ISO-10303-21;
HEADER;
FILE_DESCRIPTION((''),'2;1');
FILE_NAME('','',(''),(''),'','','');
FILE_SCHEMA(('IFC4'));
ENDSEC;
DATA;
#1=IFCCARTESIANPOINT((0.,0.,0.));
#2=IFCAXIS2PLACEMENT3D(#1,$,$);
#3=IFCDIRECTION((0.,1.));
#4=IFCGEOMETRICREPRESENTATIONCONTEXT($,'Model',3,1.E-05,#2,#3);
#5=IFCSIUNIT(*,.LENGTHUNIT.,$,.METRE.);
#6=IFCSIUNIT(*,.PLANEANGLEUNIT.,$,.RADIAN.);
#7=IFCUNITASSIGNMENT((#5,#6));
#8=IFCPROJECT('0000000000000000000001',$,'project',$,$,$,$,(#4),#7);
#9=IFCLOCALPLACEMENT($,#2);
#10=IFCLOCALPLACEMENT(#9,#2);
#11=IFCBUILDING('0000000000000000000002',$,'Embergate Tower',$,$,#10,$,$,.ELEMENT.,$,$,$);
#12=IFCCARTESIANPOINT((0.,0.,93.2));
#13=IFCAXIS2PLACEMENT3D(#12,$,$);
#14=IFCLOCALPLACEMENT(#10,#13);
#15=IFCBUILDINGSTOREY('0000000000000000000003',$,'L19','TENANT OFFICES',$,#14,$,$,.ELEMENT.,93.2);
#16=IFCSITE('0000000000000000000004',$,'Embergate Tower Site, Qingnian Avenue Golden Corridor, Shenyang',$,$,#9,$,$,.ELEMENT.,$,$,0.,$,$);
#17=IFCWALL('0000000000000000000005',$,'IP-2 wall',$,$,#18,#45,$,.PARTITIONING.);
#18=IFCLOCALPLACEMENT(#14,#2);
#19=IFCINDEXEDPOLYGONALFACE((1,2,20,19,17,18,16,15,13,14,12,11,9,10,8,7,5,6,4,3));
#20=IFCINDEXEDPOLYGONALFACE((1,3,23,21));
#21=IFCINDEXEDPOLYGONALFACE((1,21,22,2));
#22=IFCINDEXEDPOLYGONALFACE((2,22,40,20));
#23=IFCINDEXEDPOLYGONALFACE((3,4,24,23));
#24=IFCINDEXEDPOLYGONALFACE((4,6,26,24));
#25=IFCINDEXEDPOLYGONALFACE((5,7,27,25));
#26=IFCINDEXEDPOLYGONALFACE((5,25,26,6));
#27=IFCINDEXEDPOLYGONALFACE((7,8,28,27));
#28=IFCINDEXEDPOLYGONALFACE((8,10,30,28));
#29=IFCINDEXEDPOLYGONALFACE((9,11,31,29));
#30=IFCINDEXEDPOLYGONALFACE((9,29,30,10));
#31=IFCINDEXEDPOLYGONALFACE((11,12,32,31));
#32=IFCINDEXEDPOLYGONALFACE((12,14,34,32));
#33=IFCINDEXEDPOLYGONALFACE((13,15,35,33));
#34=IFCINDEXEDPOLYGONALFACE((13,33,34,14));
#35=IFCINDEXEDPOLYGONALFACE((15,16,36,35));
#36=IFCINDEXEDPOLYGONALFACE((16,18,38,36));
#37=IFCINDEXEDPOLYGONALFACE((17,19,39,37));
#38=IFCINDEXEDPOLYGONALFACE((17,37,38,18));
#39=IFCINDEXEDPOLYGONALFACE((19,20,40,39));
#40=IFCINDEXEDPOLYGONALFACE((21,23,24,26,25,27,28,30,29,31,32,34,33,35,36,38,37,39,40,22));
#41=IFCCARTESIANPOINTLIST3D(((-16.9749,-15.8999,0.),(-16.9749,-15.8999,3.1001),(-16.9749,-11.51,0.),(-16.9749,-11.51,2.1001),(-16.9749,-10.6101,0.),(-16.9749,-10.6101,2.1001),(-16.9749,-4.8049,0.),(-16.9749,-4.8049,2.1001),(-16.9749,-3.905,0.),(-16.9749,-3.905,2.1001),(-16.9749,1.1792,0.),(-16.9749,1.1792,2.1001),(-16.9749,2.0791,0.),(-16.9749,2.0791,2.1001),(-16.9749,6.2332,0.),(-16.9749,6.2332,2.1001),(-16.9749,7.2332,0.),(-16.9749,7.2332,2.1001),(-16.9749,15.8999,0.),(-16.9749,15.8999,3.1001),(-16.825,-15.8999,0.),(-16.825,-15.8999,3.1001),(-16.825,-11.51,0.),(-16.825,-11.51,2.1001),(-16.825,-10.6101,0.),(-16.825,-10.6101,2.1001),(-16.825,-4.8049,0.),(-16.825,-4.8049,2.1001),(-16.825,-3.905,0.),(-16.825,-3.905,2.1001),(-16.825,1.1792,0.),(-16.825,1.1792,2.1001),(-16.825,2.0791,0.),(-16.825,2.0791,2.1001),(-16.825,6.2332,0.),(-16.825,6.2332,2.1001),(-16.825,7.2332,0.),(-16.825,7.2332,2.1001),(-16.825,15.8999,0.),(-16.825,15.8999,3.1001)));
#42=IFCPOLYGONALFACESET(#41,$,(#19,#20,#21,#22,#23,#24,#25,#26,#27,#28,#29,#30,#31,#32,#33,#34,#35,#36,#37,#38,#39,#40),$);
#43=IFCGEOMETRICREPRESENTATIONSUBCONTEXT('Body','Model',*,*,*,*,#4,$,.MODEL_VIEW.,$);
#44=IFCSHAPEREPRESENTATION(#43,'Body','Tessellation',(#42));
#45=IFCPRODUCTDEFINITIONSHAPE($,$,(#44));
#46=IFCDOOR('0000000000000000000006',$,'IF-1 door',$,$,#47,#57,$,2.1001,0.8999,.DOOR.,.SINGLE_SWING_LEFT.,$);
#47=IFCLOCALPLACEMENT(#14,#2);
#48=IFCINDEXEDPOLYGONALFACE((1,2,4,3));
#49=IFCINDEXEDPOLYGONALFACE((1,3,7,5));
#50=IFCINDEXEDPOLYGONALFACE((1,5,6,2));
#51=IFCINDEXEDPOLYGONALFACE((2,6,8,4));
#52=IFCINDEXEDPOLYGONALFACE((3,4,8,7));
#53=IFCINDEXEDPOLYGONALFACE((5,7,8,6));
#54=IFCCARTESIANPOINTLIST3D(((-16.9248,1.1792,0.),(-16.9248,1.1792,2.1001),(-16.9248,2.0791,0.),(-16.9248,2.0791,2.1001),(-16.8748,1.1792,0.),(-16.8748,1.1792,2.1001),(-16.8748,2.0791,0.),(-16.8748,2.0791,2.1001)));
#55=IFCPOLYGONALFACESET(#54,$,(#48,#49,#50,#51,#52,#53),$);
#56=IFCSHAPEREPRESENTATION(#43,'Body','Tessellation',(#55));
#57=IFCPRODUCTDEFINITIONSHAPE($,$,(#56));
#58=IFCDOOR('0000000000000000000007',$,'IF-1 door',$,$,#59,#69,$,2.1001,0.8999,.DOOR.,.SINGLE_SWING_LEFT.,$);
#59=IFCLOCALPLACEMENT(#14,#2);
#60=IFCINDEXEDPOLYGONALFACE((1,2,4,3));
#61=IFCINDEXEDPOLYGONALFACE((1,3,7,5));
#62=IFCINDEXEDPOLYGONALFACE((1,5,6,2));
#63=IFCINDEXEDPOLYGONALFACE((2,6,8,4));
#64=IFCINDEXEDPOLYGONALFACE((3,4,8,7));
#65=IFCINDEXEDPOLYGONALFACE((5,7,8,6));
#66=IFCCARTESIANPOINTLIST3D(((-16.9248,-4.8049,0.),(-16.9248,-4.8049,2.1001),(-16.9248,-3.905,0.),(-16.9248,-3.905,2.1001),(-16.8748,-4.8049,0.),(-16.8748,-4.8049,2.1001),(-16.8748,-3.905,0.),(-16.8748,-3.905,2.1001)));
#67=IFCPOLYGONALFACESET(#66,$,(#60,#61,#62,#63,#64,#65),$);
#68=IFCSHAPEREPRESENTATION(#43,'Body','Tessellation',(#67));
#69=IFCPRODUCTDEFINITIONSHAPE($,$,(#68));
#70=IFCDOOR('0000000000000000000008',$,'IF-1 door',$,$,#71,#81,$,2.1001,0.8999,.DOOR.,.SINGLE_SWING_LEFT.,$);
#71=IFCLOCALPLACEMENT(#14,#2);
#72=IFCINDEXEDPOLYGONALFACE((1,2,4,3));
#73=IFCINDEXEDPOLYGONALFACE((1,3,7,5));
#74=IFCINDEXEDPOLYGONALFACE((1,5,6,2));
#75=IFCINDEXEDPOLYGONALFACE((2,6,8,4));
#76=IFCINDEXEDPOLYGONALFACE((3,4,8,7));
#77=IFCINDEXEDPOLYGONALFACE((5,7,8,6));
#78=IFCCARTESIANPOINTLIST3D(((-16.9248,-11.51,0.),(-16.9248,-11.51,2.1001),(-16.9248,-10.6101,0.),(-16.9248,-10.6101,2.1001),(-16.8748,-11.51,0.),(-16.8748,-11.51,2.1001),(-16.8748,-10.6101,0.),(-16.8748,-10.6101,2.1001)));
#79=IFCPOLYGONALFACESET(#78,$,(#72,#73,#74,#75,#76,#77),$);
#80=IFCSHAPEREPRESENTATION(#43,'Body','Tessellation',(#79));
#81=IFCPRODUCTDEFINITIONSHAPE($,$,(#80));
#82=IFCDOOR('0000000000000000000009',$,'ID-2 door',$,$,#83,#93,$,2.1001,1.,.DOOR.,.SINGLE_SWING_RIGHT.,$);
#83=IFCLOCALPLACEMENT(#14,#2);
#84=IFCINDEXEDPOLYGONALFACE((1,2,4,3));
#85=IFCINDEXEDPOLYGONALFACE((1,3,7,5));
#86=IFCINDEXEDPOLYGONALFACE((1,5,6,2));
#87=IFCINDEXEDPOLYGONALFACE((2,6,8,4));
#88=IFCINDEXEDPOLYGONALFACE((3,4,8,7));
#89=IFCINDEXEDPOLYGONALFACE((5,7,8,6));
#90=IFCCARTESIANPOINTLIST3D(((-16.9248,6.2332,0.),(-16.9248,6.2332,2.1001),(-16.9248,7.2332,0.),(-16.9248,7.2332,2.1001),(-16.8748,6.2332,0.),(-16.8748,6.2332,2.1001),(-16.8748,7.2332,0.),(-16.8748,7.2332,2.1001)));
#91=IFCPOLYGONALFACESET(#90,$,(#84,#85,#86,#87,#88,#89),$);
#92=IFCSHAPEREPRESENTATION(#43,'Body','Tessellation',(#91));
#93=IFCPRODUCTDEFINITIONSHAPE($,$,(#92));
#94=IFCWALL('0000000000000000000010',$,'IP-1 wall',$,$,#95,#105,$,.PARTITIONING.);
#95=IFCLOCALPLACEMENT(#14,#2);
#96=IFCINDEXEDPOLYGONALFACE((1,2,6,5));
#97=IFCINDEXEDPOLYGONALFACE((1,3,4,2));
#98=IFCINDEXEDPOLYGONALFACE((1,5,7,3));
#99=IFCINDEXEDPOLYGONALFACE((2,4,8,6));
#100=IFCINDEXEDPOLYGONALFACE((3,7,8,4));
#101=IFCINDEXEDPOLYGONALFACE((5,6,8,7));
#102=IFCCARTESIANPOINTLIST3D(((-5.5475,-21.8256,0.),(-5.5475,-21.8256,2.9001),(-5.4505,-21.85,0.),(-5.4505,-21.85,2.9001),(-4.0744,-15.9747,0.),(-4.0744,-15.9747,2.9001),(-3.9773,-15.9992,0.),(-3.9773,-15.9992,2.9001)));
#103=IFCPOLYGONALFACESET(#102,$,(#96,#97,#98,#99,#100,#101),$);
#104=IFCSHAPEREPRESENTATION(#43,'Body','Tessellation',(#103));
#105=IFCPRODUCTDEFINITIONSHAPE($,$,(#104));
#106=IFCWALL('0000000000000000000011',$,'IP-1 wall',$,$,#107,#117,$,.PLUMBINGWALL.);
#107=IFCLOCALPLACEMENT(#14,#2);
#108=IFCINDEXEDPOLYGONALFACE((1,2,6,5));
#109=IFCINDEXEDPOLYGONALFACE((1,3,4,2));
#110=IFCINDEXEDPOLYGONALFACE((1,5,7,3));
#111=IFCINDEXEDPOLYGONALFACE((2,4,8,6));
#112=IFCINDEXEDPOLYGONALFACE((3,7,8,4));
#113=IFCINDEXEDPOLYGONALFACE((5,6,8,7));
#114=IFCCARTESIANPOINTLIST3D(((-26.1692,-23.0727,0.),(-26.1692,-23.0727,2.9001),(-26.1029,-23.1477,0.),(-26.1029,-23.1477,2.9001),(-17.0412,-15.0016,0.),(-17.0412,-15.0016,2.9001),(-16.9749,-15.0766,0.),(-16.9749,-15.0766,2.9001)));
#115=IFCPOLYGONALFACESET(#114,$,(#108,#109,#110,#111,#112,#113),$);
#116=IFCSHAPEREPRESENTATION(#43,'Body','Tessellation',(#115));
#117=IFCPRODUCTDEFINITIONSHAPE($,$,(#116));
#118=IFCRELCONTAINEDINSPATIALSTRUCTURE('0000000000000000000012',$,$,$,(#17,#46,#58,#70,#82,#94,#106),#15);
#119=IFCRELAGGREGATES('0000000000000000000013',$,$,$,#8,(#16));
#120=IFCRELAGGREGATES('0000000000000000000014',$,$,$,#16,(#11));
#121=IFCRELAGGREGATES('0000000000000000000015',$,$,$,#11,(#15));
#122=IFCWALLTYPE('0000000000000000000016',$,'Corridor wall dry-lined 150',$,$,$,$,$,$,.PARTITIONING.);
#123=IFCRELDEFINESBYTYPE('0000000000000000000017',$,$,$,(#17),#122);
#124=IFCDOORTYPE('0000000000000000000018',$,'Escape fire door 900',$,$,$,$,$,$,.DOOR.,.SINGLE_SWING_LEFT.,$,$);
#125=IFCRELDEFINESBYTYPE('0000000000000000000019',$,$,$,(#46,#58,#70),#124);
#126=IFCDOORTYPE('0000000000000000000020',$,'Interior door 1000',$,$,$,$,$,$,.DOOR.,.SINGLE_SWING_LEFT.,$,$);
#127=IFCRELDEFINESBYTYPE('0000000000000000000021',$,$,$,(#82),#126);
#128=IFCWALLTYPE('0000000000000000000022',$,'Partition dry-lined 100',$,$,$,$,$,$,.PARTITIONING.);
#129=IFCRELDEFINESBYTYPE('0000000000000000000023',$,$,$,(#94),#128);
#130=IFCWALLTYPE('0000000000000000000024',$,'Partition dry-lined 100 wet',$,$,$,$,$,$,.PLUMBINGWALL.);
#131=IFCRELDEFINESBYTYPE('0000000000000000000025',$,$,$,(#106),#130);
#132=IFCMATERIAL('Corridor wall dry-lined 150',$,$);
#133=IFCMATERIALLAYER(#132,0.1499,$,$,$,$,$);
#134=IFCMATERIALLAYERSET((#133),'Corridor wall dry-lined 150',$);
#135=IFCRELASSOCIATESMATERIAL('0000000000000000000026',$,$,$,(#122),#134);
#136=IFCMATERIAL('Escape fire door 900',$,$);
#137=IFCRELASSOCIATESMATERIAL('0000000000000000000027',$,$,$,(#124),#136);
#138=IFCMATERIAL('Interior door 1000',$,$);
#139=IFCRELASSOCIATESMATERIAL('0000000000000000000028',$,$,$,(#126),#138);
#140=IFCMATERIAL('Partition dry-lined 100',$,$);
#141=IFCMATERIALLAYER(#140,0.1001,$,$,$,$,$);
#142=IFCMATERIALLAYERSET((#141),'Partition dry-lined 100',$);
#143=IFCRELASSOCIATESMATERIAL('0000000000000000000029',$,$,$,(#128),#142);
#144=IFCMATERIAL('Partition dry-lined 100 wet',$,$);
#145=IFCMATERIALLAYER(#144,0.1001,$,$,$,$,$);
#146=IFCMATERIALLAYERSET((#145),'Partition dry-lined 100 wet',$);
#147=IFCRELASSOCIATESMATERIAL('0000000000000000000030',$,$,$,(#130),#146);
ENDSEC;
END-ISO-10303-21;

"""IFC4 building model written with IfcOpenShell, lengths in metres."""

from ifc_helpers import new_model, si_unit, direction, frame, frame_2d, origin, place, context, subcontext, project, spatial, rectangle, extrude, source, transform, mapped, material, layer, layer_set, type_object, element, fill, save


model = new_model("IFC4")

# Units and contexts
model_context = context("Model", 3, precision=1e-05, world=origin(), true_north=direction((0.0, 1.0)))
body_context = subcontext(model_context, "Body", "Model", "MODEL_VIEW")
ifc_project = project(units=[si_unit("LENGTHUNIT", "METRE"), si_unit("PLANEANGLEUNIT", "RADIAN")], contexts=[model_context])

# Site, building, storey
site_placement = place(None, origin())
site = spatial("IfcSite", under=ifc_project, at=site_placement, Name="Embergate Tower Site, Qingnian Avenue Golden Corridor, Shenyang", CompositionType="ELEMENT", RefElevation=0.0)
building_placement = place(site_placement, origin())
building = spatial("IfcBuilding", under=site, at=building_placement, Name="Embergate Tower", CompositionType="ELEMENT")
storey_placement = place(building_placement, frame((0.0, 0.0, 93.2)))
storey = spatial("IfcBuildingStorey", under=building, at=storey_placement, Name="L19", Description="TENANT OFFICES", CompositionType="ELEMENT", Elevation=93.2)

# Wall, openings, doors
ifc_material_1 = material(Name="Corridor wall dry-lined 150")
ifc_layer_1 = layer(ifc_material_1, 0.1499)
ifc_layer_set_1 = layer_set([ifc_layer_1], Name="Corridor wall dry-lined 150")
wall_type_1 = type_object("IfcWallType", Name="Corridor wall dry-lined 150", PredefinedType="PARTITIONING", material=ifc_layer_set_1)
shared_shape_1 = source(origin(), body_context, "Body", "SweptSolid", [
    extrude(rectangle(XDim=31.7998, YDim=0.1499, at=frame_2d((15.8999, 0.0))), origin(), (0.0, 0.0, 1.0), 3.1001),
])
wall_1_placement = place(storey_placement, frame((-16.8999, -15.8999, 0.0), z_axis=(0.0, 0.0, 1.0), x_axis=(0.0, 1.0, 0.0)))
wall_1 = element("IfcWall", 1, at=wall_1_placement, inside=storey, type_object=wall_type_1, Name="IP-2 wall", PredefinedType="PARTITIONING", context=body_context, shape_type="MappedRepresentation", body=[
    mapped(shared_shape_1, transform((0.0, 0.0, 0.0))),
])
shared_shape_2 = source(origin(), body_context, "Body", "SweptSolid", [
    extrude(rectangle(XDim=1.0, YDim=2.1001, at=frame_2d((0.5, 1.05))), frame((0.0, 0.085, 0.0), z_axis=(0.0, -1.0, 0.0), x_axis=(1.0, 0.0, 0.0)), (0.0, 0.0, 1.0), 0.1699),
])
opening_1_placement = place(wall_1_placement, frame((22.1331, 0.0, 0.0)))
opening_1 = element("IfcOpeningElement", 2, at=opening_1_placement, cuts=wall_1, PredefinedType="OPENING", context=body_context, shape_type="MappedRepresentation", body=[
    mapped(shared_shape_2, transform((0.0, 0.0, 0.0))),
])
shared_shape_3 = source(origin(), body_context, "Body", "SweptSolid", [
    extrude(rectangle(XDim=0.8999, YDim=2.1001, at=frame_2d((0.45, 1.05))), frame((0.0, 0.085, 0.0), z_axis=(0.0, -1.0, 0.0), x_axis=(1.0, 0.0, 0.0)), (0.0, 0.0, 1.0), 0.1699),
])
opening_2_placement = place(wall_1_placement, frame((17.0791, 0.0, 0.0)))
opening_2 = element("IfcOpeningElement", 3, at=opening_2_placement, cuts=wall_1, PredefinedType="OPENING", context=body_context, shape_type="MappedRepresentation", body=[
    mapped(shared_shape_3, transform((0.0, 0.0, 0.0))),
])
opening_3_placement = place(wall_1_placement, frame((11.095, 0.0, 0.0)))
opening_3 = element("IfcOpeningElement", 4, at=opening_3_placement, cuts=wall_1, PredefinedType="OPENING", context=body_context, shape_type="MappedRepresentation", body=[
    mapped(shared_shape_3, transform((0.0, 0.0, 0.0))),
])
opening_4_placement = place(wall_1_placement, frame((4.3899, 0.0, 0.0)))
opening_4 = element("IfcOpeningElement", 5, at=opening_4_placement, cuts=wall_1, PredefinedType="OPENING", context=body_context, shape_type="MappedRepresentation", body=[
    mapped(shared_shape_3, transform((0.0, 0.0, 0.0))),
])
ifc_material_2 = material(Name="Escape fire door 900")
door_type_1 = type_object("IfcDoorType", Name="Escape fire door 900", OperationType="SINGLE_SWING_LEFT", PredefinedType="DOOR", material=ifc_material_2)
shared_shape_4 = source(origin(), body_context, "Body", "SweptSolid", [
    extrude(rectangle(XDim=0.8999, YDim=2.1001, at=frame_2d((0.45, 1.05))), frame((0.0, 0.0249, 0.0), z_axis=(0.0, -1.0, 0.0), x_axis=(1.0, 0.0, 0.0)), (0.0, 0.0, 1.0), 0.05),
])
door_1_placement = place(opening_2_placement, origin())
door_1 = element("IfcDoor", 6, at=door_1_placement, inside=storey, type_object=door_type_1, Name="IF-1 door", OperationType="SINGLE_SWING_LEFT", OverallHeight=2.1001, OverallWidth=0.8999, PredefinedType="DOOR", context=body_context, shape_type="MappedRepresentation", body=[
    mapped(shared_shape_4, transform((0.0, 0.0, 0.0))),
])
fill(opening_2, door_1)
door_2_placement = place(opening_3_placement, origin())
door_2 = element("IfcDoor", 7, at=door_2_placement, inside=storey, type_object=door_type_1, Name="IF-1 door", OperationType="SINGLE_SWING_LEFT", OverallHeight=2.1001, OverallWidth=0.8999, PredefinedType="DOOR", context=body_context, shape_type="MappedRepresentation", body=[
    mapped(shared_shape_4, transform((0.0, 0.0, 0.0))),
])
fill(opening_3, door_2)
door_3_placement = place(opening_4_placement, origin())
door_3 = element("IfcDoor", 8, at=door_3_placement, inside=storey, type_object=door_type_1, Name="IF-1 door", OperationType="SINGLE_SWING_LEFT", OverallHeight=2.1001, OverallWidth=0.8999, PredefinedType="DOOR", context=body_context, shape_type="MappedRepresentation", body=[
    mapped(shared_shape_4, transform((0.0, 0.0, 0.0))),
])
fill(opening_4, door_3)
ifc_material_3 = material(Name="Interior door 1000")
door_type_2 = type_object("IfcDoorType", Name="Interior door 1000", OperationType="SINGLE_SWING_LEFT", PredefinedType="DOOR", material=ifc_material_3)
shared_shape_5 = source(origin(), body_context, "Body", "SweptSolid", [
    extrude(rectangle(XDim=1.0, YDim=2.1001, at=frame_2d((0.5, 1.05))), frame((0.0, 0.0249, 0.0), z_axis=(0.0, -1.0, 0.0), x_axis=(1.0, 0.0, 0.0)), (0.0, 0.0, 1.0), 0.05),
])
door_4_placement = place(opening_1_placement, origin())
door_4 = element("IfcDoor", 9, at=door_4_placement, inside=storey, type_object=door_type_2, Name="ID-2 door", OperationType="SINGLE_SWING_RIGHT", OverallHeight=2.1001, OverallWidth=1.0, PredefinedType="DOOR", context=body_context, shape_type="MappedRepresentation", body=[
    mapped(shared_shape_5, transform((0.0, 0.0, 0.0))),
])
fill(opening_1, door_4)

# Walls
ifc_material_4 = material(Name="Partition dry-lined 100")
ifc_layer_2 = layer(ifc_material_4, 0.1001)
ifc_layer_set_2 = layer_set([ifc_layer_2], Name="Partition dry-lined 100")
wall_type_2 = type_object("IfcWallType", Name="Partition dry-lined 100", PredefinedType="PARTITIONING", material=ifc_layer_set_2)
shared_shape_6 = source(origin(), body_context, "Body", "SweptSolid", [
    extrude(rectangle(XDim=6.0334, YDim=0.1001, at=frame_2d((3.0166, 0.0))), origin(), (0.0, 0.0, 1.0), 2.9001),
])
wall_2_placement = place(storey_placement, frame((-4.0259, -15.9871, 0.0), z_axis=(0.0, 0.0, 1.0), x_axis=(-0.244163, -0.969734, 0.0)))
element("IfcWall", 10, at=wall_2_placement, inside=storey, type_object=wall_type_2, Name="IP-1 wall", PredefinedType="PARTITIONING", context=body_context, shape_type="MappedRepresentation", body=[
    mapped(shared_shape_6, transform((0.0, 0.0, 0.0))),
])
ifc_material_5 = material(Name="Partition dry-lined 100 wet")
ifc_layer_3 = layer(ifc_material_5, 0.1001)
ifc_layer_set_3 = layer_set([ifc_layer_3], Name="Partition dry-lined 100 wet")
wall_type_3 = type_object("IfcWallType", Name="Partition dry-lined 100 wet", PredefinedType="PLUMBINGWALL", material=ifc_layer_set_3)
shared_shape_7 = source(origin(), body_context, "Body", "SweptSolid", [
    extrude(rectangle(XDim=12.1846, YDim=0.1001, at=frame_2d((6.0923, 0.0))), origin(), (0.0, 0.0, 1.0), 2.9001),
])
wall_3_placement = place(storey_placement, frame((-17.0081, -15.0391, 0.0), z_axis=(0.0, 0.0, 1.0), x_axis=(-0.749146, -0.662405, 0.0)))
element("IfcWall", 11, at=wall_3_placement, inside=storey, type_object=wall_type_3, Name="IP-1 wall", PredefinedType="PLUMBINGWALL", context=body_context, shape_type="MappedRepresentation", body=[
    mapped(shared_shape_7, transform((0.0, 0.0, 0.0))),
])

save(model, "model.ifc")
